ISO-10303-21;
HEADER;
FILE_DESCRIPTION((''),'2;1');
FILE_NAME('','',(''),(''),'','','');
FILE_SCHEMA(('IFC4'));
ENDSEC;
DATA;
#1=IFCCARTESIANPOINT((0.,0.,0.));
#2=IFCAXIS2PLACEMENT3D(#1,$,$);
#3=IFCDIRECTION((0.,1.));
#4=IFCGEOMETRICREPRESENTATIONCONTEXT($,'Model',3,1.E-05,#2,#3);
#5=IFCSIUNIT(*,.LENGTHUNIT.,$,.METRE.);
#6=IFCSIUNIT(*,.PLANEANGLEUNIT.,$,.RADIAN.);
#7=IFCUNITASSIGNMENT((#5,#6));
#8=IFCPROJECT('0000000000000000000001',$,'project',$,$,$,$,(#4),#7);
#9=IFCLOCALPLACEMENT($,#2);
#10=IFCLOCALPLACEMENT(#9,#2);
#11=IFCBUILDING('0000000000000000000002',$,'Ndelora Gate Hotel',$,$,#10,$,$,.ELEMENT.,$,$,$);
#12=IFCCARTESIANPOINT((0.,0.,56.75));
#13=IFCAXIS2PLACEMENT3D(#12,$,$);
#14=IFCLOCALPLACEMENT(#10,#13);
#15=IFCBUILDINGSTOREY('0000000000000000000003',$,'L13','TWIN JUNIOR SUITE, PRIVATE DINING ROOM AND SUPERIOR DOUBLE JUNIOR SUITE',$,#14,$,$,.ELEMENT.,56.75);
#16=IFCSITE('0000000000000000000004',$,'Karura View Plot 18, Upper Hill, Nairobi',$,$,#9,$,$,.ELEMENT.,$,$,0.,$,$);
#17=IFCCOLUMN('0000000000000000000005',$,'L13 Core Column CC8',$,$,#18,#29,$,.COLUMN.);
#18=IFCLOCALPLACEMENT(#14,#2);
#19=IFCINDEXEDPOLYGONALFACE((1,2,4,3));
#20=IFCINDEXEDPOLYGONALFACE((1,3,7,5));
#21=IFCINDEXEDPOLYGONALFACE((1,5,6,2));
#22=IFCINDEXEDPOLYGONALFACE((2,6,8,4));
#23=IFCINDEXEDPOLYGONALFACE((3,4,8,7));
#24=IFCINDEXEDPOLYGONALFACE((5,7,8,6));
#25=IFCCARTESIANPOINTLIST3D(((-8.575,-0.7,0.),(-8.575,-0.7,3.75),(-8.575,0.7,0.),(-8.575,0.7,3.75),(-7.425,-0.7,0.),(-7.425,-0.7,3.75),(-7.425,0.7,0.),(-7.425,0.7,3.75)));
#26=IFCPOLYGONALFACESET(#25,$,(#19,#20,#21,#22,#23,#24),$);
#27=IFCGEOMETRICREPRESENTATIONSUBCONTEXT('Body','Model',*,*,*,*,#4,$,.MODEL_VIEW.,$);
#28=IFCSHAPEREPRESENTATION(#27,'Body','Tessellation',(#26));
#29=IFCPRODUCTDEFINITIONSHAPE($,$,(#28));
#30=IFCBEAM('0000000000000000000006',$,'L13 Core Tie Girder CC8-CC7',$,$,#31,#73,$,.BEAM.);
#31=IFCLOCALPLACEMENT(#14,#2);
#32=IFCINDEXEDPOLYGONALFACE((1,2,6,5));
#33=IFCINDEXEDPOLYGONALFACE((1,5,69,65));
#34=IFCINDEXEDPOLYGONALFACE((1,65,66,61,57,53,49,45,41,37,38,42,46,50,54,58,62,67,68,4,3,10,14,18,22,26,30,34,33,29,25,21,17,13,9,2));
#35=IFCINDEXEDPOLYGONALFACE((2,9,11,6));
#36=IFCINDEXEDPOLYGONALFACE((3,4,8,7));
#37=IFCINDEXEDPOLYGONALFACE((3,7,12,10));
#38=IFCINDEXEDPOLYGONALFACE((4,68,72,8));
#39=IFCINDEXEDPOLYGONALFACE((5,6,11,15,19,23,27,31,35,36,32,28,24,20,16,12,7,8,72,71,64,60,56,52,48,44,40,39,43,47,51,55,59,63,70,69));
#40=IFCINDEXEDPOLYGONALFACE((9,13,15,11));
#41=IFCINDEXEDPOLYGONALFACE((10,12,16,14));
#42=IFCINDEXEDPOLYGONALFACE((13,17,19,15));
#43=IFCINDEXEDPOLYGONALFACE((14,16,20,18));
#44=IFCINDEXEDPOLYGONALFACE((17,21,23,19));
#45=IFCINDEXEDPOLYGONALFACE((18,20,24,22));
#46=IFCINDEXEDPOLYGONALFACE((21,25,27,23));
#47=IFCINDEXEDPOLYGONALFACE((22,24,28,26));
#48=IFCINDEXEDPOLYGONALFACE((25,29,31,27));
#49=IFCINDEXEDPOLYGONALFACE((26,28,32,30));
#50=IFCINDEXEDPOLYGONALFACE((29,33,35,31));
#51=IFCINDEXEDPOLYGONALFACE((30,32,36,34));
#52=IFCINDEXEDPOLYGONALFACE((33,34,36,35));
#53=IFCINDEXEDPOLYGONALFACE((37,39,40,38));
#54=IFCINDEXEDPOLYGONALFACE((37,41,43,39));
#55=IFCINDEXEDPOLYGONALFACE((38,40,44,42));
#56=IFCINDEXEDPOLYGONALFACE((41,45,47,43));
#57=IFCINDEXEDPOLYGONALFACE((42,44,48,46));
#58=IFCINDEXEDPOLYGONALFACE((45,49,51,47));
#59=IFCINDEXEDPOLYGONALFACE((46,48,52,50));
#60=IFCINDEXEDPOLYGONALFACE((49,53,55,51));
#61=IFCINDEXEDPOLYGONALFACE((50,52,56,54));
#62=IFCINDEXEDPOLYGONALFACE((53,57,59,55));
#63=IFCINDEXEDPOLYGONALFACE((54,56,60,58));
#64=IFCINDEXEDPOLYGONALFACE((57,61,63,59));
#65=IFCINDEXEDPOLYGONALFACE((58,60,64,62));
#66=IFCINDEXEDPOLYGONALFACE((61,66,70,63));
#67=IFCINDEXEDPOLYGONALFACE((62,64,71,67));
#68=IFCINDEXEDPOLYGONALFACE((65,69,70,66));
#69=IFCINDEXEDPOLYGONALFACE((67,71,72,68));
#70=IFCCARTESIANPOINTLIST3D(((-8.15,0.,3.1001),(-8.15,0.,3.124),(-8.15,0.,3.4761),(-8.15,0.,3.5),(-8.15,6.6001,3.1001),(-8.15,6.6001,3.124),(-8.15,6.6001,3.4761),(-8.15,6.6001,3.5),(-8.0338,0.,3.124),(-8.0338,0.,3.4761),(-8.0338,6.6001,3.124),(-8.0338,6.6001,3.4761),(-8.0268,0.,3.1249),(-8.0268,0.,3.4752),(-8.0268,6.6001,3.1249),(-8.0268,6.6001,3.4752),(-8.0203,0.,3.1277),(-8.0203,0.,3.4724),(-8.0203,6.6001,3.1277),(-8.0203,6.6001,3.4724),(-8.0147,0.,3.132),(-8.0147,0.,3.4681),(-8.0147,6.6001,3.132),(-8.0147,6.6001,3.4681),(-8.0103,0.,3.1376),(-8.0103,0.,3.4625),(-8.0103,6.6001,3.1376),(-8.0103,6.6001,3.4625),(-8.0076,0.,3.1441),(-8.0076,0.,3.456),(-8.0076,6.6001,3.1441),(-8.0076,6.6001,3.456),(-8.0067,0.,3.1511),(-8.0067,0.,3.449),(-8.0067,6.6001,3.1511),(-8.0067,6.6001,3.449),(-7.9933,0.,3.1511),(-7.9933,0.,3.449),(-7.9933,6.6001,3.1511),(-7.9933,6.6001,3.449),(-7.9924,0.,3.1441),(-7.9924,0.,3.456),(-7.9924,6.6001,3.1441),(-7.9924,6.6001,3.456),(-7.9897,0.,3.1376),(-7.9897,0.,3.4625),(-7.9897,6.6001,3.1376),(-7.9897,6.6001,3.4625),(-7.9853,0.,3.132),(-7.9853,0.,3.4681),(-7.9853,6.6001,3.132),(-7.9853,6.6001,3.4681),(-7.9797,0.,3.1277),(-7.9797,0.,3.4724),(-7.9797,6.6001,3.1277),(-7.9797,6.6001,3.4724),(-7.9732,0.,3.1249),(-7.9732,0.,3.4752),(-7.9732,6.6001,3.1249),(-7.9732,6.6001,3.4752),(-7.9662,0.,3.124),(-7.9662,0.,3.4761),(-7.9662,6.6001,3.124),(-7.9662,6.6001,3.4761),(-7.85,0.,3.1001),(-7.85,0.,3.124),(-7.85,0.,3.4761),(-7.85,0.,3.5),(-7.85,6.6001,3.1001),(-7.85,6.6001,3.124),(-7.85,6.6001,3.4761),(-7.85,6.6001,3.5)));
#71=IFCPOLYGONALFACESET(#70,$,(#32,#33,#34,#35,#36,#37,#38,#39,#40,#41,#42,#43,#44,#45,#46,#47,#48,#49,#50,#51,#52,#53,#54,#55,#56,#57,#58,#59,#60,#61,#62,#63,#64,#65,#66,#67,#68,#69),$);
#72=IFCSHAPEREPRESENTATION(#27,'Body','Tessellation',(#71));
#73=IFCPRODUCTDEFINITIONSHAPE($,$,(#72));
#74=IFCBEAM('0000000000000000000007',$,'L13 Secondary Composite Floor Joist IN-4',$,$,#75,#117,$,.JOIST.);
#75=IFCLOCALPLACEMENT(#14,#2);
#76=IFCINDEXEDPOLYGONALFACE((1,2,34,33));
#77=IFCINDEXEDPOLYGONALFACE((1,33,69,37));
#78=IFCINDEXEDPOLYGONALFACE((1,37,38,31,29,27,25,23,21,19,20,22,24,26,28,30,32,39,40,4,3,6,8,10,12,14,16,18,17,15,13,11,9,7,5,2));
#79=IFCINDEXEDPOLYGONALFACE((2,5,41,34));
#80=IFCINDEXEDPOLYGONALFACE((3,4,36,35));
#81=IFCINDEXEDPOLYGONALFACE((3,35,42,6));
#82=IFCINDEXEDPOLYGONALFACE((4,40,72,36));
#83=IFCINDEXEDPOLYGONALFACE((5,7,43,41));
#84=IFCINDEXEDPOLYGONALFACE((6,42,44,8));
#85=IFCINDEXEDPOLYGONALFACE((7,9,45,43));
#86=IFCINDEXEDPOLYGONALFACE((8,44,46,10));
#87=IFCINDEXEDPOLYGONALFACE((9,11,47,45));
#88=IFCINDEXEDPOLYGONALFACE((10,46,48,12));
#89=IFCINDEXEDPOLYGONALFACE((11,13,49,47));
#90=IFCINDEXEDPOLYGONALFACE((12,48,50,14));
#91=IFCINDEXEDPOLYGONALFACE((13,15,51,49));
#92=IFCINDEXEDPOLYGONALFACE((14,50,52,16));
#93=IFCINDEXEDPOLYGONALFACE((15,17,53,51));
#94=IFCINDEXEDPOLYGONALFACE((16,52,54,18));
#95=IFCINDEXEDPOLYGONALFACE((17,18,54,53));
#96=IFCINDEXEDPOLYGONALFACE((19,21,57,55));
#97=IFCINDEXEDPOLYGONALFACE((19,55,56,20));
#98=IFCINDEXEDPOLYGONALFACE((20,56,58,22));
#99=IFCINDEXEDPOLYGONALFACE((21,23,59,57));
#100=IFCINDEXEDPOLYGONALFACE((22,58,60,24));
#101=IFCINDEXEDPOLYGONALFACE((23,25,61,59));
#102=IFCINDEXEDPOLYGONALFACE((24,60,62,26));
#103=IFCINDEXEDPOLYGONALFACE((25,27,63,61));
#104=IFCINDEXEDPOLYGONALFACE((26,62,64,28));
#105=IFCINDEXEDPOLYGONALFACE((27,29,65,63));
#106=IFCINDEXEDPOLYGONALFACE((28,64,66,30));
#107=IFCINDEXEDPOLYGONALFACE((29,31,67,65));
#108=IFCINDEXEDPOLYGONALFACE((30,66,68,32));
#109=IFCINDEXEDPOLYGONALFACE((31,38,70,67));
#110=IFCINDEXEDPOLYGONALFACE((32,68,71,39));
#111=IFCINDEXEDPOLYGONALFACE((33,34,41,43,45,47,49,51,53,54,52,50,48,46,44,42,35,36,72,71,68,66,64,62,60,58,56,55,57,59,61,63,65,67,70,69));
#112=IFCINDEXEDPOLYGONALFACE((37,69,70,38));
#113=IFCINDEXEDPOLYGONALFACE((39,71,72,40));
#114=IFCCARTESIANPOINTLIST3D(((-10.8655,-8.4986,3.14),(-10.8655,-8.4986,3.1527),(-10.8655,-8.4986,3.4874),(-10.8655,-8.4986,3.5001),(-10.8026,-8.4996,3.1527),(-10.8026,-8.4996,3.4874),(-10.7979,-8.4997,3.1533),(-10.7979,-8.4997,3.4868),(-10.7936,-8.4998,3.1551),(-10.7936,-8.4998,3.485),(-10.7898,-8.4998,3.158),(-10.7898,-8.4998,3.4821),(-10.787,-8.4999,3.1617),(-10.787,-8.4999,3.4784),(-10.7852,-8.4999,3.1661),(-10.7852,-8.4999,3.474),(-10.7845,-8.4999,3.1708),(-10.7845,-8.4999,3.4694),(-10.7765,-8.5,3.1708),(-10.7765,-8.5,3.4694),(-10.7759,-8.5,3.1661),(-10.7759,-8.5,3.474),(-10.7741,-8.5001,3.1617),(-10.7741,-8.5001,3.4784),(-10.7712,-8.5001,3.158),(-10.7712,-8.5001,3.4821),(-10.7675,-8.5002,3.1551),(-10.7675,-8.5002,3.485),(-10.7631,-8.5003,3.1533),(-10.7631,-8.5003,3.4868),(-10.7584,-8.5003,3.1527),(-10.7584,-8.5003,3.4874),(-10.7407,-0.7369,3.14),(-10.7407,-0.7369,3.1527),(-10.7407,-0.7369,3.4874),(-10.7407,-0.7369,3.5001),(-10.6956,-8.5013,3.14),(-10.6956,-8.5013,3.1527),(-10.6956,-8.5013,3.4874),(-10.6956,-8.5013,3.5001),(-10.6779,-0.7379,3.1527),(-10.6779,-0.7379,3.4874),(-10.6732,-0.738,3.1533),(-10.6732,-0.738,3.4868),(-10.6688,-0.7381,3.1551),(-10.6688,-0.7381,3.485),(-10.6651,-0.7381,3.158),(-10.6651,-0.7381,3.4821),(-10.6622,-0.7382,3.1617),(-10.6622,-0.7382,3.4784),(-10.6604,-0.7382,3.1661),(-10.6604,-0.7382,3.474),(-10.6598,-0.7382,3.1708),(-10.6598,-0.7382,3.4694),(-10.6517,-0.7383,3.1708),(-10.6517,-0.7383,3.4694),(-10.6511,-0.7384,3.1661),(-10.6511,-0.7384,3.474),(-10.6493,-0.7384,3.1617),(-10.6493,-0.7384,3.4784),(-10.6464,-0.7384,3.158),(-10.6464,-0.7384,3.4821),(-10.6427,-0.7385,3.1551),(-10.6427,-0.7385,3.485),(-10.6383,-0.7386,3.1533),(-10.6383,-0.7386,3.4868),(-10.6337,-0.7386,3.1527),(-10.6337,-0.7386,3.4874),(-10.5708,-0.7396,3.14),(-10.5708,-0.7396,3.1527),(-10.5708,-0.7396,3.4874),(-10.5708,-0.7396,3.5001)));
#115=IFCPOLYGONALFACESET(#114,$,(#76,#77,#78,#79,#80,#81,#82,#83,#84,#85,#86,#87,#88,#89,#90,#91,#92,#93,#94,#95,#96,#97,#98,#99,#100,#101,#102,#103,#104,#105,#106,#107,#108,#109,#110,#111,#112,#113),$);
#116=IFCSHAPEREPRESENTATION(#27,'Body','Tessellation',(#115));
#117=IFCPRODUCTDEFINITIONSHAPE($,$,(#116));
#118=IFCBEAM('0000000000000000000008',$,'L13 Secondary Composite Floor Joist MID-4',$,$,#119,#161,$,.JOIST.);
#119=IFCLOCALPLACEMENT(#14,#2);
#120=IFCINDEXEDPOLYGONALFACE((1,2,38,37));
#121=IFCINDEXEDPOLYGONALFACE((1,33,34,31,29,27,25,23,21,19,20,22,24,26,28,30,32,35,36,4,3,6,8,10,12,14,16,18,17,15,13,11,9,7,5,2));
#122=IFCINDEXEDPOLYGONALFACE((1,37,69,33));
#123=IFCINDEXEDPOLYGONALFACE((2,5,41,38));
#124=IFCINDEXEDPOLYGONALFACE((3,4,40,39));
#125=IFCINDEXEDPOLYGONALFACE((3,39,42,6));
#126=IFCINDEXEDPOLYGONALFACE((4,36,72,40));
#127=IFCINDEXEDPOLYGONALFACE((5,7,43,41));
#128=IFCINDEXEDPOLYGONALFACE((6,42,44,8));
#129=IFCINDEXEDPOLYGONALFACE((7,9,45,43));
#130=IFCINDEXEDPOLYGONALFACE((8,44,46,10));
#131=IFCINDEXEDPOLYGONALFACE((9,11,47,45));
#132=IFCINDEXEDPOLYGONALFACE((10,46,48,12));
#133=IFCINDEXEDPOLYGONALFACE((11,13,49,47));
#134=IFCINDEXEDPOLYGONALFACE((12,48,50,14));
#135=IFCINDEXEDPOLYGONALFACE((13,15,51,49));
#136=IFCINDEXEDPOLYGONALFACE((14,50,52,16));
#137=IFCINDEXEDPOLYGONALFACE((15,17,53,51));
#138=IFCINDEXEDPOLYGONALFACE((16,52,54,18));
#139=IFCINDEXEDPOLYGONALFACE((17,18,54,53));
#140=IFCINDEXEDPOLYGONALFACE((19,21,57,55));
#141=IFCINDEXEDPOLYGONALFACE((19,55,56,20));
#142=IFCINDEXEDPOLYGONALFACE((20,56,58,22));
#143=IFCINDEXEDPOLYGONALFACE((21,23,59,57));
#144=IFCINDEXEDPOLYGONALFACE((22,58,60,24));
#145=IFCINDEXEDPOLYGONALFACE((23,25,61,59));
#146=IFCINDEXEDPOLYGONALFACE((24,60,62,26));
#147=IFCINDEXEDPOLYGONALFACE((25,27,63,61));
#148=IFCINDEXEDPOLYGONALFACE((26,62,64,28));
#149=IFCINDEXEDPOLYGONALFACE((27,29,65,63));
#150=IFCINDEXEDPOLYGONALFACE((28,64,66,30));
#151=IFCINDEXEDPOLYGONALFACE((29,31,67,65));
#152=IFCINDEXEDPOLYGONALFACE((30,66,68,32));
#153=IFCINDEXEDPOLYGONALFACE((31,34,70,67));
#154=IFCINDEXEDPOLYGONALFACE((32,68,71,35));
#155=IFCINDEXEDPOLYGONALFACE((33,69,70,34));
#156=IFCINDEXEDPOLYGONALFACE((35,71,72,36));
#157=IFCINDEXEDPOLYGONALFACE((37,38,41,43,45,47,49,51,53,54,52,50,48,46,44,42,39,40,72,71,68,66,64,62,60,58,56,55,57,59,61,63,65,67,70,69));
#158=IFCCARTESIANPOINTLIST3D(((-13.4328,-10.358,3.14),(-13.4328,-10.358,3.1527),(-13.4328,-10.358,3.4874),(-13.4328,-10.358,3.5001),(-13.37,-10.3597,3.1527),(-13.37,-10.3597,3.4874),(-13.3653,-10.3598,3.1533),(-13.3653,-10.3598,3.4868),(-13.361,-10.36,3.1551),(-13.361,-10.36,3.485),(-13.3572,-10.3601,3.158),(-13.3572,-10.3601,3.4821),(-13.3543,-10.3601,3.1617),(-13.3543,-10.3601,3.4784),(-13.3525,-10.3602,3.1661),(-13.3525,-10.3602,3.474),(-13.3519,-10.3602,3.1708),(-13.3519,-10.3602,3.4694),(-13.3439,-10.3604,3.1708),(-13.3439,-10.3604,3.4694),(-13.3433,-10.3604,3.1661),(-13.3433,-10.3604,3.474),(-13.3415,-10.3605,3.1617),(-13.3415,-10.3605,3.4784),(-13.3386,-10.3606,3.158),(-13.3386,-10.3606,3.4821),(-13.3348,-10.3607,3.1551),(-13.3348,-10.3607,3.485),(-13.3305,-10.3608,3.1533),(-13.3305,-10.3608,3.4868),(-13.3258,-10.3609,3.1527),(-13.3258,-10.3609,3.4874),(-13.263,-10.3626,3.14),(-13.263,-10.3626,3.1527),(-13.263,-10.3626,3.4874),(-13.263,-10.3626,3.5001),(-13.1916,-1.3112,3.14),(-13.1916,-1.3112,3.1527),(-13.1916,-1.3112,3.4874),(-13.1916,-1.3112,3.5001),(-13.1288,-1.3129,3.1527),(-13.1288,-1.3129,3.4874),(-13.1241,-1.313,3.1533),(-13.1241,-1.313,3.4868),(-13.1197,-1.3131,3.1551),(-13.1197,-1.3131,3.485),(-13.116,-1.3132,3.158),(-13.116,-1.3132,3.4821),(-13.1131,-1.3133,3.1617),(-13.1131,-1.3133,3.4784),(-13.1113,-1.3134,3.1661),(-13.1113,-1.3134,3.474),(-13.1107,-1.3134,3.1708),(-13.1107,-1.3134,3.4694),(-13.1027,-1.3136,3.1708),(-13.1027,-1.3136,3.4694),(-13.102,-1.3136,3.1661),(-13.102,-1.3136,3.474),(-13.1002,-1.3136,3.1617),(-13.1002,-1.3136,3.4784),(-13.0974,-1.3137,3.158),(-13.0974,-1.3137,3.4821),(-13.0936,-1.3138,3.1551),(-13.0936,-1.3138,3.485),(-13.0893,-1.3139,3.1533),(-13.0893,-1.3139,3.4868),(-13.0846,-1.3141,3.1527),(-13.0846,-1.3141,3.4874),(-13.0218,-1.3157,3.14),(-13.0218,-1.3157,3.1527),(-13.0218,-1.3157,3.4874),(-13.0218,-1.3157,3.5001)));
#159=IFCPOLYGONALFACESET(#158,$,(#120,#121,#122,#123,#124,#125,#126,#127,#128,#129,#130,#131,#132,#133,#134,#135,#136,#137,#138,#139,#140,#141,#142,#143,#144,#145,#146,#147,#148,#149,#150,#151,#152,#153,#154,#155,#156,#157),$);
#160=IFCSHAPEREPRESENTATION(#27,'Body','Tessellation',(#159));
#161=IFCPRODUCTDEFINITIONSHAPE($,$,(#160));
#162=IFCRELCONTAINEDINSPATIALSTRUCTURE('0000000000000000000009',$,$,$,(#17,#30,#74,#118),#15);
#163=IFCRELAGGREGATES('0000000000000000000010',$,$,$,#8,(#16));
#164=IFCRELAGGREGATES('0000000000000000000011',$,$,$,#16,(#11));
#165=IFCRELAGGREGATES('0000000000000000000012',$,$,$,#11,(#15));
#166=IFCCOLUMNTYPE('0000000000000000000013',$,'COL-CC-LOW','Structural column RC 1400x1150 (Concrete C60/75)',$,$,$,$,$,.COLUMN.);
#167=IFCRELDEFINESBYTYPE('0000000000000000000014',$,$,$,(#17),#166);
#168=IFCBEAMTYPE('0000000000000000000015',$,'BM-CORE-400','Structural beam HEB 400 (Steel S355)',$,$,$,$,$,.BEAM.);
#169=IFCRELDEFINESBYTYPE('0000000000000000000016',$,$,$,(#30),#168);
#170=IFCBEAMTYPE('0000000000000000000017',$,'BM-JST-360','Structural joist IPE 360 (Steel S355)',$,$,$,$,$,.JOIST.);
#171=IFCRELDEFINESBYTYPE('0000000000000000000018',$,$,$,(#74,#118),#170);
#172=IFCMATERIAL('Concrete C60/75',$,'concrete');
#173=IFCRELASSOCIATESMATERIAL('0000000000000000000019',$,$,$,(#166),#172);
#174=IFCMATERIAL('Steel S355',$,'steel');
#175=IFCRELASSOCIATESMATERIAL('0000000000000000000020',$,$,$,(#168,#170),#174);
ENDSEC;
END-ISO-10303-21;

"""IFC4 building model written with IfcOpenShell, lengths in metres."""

from ifc_helpers import new_model, si_unit, direction, frame, origin, origin_2d, place, context, subcontext, project, spatial, rectangle, i_section, extrude, material, material_profile, profile_set, type_object, element, save


model = new_model("IFC4")

# Units and contexts
model_context = context("Model", 3, precision=1e-05, world=origin(), true_north=direction((0.0, 1.0)))
body_context = subcontext(model_context, "Body", "Model", "MODEL_VIEW")
ifc_project = project(units=[si_unit("LENGTHUNIT", "METRE"), si_unit("PLANEANGLEUNIT", "RADIAN")], contexts=[model_context])

# Site, building, storey
site_placement = place(None, origin())
site = spatial("IfcSite", under=ifc_project, at=site_placement, Name="Karura View Plot 18, Upper Hill, Nairobi", CompositionType="ELEMENT", RefElevation=0.0)
building_placement = place(site_placement, origin())
building = spatial("IfcBuilding", under=site, at=building_placement, Name="Ndelora Gate Hotel", CompositionType="ELEMENT")
storey_placement = place(building_placement, frame((0.0, 0.0, 56.75)))
storey = spatial("IfcBuildingStorey", under=building, at=storey_placement, Name="L13", Description="TWIN JUNIOR SUITE, PRIVATE DINING ROOM AND SUPERIOR DOUBLE JUNIOR SUITE", CompositionType="ELEMENT", Elevation=56.75)

# Column
ifc_material_1 = material(Name="Concrete C60/75", Category="concrete")
ifc_material_profile_1 = material_profile(ifc_material_1, rectangle(XDim=1.1499, YDim=1.3999, at=origin_2d()), Name="RC 1400x1150")
ifc_profile_set_1 = profile_set([ifc_material_profile_1], Name="Concrete C60/75")
column_type = type_object("IfcColumnType", Name="COL-CC-LOW", Description="Structural column RC 1400x1150 (Concrete C60/75)", PredefinedType="COLUMN", material=ifc_profile_set_1)
column_placement = place(storey_placement, frame((-8.0, 0.0, 0.0), z_axis=(0.0, 0.0, 1.0), x_axis=(1.0, 0.0, 0.0)))
element("IfcColumn", 1, at=column_placement, inside=storey, type_object=column_type, Name="L13 Core Column CC8", PredefinedType="COLUMN", context=body_context, shape_type="SweptSolid", body=[
    extrude(rectangle(XDim=1.1499, YDim=1.3999, at=origin_2d()), origin(), (0.0, 0.0, 1.0), 3.75),
])

# Beams
ifc_material_2 = material(Name="Steel S355", Category="steel")
ifc_material_profile_2 = material_profile(ifc_material_2, i_section(OverallWidth=0.3, OverallDepth=0.3999, WebThickness=0.0134, FlangeThickness=0.0239, FilletRadius=0.0271, at=origin_2d()), Name="HEB 400")
ifc_profile_set_2 = profile_set([ifc_material_profile_2], Name="Steel S355")
beam_type_1 = type_object("IfcBeamType", Name="BM-CORE-400", Description="Structural beam HEB 400 (Steel S355)", PredefinedType="BEAM", material=ifc_profile_set_2)
beam_1_placement = place(storey_placement, frame((-8.0, 0.0, 3.3), z_axis=(0.0, 1.0, 0.0), x_axis=(-1.0, 0.0, 0.0)))
element("IfcBeam", 2, at=beam_1_placement, inside=storey, type_object=beam_type_1, Name="L13 Core Tie Girder CC8-CC7", PredefinedType="BEAM", context=body_context, shape_type="SweptSolid", body=[
    extrude(i_section(OverallWidth=0.3, OverallDepth=0.3999, WebThickness=0.0134, FlangeThickness=0.0239, FilletRadius=0.0271, at=origin_2d()), origin(), (0.0, 0.0, 1.0), 6.6001),
])
ifc_material_profile_3 = material_profile(ifc_material_2, i_section(OverallWidth=0.1699, OverallDepth=0.3601, WebThickness=0.0081, FlangeThickness=0.0127, FilletRadius=0.0181, at=origin_2d()), Name="IPE 360")
ifc_profile_set_3 = profile_set([ifc_material_profile_3], Name="Steel S355")
beam_type_2 = type_object("IfcBeamType", Name="BM-JST-360", Description="Structural joist IPE 360 (Steel S355)", PredefinedType="JOIST", material=ifc_profile_set_3)
beam_2_placement = place(storey_placement, frame((-10.6558, -0.7383, 3.3201), z_axis=(-0.016071, -0.999871, 0.0), x_axis=(0.999871, -0.016071, 0.0)))
element("IfcBeam", 3, at=beam_2_placement, inside=storey, type_object=beam_type_2, Name="L13 Secondary Composite Floor Joist IN-4", PredefinedType="JOIST", context=body_context, shape_type="SweptSolid", body=[
    extrude(i_section(OverallWidth=0.1699, OverallDepth=0.3601, WebThickness=0.0081, FlangeThickness=0.0127, FilletRadius=0.0181, at=origin_2d()), origin(), (0.0, 0.0, 1.0), 7.7627),
])
beam_3_placement = place(storey_placement, frame((-13.1067, -1.3135, 3.3201), z_axis=(-0.026653, -0.999645, 0.0), x_axis=(0.999645, -0.026653, 0.0)))
element("IfcBeam", 4, at=beam_3_placement, inside=storey, type_object=beam_type_2, Name="L13 Secondary Composite Floor Joist MID-4", PredefinedType="JOIST", context=body_context, shape_type="SweptSolid", body=[
    extrude(i_section(OverallWidth=0.1699, OverallDepth=0.3601, WebThickness=0.0081, FlangeThickness=0.0127, FilletRadius=0.0181, at=origin_2d()), origin(), (0.0, 0.0, 1.0), 9.05),
])

save(model, "model.ifc")
